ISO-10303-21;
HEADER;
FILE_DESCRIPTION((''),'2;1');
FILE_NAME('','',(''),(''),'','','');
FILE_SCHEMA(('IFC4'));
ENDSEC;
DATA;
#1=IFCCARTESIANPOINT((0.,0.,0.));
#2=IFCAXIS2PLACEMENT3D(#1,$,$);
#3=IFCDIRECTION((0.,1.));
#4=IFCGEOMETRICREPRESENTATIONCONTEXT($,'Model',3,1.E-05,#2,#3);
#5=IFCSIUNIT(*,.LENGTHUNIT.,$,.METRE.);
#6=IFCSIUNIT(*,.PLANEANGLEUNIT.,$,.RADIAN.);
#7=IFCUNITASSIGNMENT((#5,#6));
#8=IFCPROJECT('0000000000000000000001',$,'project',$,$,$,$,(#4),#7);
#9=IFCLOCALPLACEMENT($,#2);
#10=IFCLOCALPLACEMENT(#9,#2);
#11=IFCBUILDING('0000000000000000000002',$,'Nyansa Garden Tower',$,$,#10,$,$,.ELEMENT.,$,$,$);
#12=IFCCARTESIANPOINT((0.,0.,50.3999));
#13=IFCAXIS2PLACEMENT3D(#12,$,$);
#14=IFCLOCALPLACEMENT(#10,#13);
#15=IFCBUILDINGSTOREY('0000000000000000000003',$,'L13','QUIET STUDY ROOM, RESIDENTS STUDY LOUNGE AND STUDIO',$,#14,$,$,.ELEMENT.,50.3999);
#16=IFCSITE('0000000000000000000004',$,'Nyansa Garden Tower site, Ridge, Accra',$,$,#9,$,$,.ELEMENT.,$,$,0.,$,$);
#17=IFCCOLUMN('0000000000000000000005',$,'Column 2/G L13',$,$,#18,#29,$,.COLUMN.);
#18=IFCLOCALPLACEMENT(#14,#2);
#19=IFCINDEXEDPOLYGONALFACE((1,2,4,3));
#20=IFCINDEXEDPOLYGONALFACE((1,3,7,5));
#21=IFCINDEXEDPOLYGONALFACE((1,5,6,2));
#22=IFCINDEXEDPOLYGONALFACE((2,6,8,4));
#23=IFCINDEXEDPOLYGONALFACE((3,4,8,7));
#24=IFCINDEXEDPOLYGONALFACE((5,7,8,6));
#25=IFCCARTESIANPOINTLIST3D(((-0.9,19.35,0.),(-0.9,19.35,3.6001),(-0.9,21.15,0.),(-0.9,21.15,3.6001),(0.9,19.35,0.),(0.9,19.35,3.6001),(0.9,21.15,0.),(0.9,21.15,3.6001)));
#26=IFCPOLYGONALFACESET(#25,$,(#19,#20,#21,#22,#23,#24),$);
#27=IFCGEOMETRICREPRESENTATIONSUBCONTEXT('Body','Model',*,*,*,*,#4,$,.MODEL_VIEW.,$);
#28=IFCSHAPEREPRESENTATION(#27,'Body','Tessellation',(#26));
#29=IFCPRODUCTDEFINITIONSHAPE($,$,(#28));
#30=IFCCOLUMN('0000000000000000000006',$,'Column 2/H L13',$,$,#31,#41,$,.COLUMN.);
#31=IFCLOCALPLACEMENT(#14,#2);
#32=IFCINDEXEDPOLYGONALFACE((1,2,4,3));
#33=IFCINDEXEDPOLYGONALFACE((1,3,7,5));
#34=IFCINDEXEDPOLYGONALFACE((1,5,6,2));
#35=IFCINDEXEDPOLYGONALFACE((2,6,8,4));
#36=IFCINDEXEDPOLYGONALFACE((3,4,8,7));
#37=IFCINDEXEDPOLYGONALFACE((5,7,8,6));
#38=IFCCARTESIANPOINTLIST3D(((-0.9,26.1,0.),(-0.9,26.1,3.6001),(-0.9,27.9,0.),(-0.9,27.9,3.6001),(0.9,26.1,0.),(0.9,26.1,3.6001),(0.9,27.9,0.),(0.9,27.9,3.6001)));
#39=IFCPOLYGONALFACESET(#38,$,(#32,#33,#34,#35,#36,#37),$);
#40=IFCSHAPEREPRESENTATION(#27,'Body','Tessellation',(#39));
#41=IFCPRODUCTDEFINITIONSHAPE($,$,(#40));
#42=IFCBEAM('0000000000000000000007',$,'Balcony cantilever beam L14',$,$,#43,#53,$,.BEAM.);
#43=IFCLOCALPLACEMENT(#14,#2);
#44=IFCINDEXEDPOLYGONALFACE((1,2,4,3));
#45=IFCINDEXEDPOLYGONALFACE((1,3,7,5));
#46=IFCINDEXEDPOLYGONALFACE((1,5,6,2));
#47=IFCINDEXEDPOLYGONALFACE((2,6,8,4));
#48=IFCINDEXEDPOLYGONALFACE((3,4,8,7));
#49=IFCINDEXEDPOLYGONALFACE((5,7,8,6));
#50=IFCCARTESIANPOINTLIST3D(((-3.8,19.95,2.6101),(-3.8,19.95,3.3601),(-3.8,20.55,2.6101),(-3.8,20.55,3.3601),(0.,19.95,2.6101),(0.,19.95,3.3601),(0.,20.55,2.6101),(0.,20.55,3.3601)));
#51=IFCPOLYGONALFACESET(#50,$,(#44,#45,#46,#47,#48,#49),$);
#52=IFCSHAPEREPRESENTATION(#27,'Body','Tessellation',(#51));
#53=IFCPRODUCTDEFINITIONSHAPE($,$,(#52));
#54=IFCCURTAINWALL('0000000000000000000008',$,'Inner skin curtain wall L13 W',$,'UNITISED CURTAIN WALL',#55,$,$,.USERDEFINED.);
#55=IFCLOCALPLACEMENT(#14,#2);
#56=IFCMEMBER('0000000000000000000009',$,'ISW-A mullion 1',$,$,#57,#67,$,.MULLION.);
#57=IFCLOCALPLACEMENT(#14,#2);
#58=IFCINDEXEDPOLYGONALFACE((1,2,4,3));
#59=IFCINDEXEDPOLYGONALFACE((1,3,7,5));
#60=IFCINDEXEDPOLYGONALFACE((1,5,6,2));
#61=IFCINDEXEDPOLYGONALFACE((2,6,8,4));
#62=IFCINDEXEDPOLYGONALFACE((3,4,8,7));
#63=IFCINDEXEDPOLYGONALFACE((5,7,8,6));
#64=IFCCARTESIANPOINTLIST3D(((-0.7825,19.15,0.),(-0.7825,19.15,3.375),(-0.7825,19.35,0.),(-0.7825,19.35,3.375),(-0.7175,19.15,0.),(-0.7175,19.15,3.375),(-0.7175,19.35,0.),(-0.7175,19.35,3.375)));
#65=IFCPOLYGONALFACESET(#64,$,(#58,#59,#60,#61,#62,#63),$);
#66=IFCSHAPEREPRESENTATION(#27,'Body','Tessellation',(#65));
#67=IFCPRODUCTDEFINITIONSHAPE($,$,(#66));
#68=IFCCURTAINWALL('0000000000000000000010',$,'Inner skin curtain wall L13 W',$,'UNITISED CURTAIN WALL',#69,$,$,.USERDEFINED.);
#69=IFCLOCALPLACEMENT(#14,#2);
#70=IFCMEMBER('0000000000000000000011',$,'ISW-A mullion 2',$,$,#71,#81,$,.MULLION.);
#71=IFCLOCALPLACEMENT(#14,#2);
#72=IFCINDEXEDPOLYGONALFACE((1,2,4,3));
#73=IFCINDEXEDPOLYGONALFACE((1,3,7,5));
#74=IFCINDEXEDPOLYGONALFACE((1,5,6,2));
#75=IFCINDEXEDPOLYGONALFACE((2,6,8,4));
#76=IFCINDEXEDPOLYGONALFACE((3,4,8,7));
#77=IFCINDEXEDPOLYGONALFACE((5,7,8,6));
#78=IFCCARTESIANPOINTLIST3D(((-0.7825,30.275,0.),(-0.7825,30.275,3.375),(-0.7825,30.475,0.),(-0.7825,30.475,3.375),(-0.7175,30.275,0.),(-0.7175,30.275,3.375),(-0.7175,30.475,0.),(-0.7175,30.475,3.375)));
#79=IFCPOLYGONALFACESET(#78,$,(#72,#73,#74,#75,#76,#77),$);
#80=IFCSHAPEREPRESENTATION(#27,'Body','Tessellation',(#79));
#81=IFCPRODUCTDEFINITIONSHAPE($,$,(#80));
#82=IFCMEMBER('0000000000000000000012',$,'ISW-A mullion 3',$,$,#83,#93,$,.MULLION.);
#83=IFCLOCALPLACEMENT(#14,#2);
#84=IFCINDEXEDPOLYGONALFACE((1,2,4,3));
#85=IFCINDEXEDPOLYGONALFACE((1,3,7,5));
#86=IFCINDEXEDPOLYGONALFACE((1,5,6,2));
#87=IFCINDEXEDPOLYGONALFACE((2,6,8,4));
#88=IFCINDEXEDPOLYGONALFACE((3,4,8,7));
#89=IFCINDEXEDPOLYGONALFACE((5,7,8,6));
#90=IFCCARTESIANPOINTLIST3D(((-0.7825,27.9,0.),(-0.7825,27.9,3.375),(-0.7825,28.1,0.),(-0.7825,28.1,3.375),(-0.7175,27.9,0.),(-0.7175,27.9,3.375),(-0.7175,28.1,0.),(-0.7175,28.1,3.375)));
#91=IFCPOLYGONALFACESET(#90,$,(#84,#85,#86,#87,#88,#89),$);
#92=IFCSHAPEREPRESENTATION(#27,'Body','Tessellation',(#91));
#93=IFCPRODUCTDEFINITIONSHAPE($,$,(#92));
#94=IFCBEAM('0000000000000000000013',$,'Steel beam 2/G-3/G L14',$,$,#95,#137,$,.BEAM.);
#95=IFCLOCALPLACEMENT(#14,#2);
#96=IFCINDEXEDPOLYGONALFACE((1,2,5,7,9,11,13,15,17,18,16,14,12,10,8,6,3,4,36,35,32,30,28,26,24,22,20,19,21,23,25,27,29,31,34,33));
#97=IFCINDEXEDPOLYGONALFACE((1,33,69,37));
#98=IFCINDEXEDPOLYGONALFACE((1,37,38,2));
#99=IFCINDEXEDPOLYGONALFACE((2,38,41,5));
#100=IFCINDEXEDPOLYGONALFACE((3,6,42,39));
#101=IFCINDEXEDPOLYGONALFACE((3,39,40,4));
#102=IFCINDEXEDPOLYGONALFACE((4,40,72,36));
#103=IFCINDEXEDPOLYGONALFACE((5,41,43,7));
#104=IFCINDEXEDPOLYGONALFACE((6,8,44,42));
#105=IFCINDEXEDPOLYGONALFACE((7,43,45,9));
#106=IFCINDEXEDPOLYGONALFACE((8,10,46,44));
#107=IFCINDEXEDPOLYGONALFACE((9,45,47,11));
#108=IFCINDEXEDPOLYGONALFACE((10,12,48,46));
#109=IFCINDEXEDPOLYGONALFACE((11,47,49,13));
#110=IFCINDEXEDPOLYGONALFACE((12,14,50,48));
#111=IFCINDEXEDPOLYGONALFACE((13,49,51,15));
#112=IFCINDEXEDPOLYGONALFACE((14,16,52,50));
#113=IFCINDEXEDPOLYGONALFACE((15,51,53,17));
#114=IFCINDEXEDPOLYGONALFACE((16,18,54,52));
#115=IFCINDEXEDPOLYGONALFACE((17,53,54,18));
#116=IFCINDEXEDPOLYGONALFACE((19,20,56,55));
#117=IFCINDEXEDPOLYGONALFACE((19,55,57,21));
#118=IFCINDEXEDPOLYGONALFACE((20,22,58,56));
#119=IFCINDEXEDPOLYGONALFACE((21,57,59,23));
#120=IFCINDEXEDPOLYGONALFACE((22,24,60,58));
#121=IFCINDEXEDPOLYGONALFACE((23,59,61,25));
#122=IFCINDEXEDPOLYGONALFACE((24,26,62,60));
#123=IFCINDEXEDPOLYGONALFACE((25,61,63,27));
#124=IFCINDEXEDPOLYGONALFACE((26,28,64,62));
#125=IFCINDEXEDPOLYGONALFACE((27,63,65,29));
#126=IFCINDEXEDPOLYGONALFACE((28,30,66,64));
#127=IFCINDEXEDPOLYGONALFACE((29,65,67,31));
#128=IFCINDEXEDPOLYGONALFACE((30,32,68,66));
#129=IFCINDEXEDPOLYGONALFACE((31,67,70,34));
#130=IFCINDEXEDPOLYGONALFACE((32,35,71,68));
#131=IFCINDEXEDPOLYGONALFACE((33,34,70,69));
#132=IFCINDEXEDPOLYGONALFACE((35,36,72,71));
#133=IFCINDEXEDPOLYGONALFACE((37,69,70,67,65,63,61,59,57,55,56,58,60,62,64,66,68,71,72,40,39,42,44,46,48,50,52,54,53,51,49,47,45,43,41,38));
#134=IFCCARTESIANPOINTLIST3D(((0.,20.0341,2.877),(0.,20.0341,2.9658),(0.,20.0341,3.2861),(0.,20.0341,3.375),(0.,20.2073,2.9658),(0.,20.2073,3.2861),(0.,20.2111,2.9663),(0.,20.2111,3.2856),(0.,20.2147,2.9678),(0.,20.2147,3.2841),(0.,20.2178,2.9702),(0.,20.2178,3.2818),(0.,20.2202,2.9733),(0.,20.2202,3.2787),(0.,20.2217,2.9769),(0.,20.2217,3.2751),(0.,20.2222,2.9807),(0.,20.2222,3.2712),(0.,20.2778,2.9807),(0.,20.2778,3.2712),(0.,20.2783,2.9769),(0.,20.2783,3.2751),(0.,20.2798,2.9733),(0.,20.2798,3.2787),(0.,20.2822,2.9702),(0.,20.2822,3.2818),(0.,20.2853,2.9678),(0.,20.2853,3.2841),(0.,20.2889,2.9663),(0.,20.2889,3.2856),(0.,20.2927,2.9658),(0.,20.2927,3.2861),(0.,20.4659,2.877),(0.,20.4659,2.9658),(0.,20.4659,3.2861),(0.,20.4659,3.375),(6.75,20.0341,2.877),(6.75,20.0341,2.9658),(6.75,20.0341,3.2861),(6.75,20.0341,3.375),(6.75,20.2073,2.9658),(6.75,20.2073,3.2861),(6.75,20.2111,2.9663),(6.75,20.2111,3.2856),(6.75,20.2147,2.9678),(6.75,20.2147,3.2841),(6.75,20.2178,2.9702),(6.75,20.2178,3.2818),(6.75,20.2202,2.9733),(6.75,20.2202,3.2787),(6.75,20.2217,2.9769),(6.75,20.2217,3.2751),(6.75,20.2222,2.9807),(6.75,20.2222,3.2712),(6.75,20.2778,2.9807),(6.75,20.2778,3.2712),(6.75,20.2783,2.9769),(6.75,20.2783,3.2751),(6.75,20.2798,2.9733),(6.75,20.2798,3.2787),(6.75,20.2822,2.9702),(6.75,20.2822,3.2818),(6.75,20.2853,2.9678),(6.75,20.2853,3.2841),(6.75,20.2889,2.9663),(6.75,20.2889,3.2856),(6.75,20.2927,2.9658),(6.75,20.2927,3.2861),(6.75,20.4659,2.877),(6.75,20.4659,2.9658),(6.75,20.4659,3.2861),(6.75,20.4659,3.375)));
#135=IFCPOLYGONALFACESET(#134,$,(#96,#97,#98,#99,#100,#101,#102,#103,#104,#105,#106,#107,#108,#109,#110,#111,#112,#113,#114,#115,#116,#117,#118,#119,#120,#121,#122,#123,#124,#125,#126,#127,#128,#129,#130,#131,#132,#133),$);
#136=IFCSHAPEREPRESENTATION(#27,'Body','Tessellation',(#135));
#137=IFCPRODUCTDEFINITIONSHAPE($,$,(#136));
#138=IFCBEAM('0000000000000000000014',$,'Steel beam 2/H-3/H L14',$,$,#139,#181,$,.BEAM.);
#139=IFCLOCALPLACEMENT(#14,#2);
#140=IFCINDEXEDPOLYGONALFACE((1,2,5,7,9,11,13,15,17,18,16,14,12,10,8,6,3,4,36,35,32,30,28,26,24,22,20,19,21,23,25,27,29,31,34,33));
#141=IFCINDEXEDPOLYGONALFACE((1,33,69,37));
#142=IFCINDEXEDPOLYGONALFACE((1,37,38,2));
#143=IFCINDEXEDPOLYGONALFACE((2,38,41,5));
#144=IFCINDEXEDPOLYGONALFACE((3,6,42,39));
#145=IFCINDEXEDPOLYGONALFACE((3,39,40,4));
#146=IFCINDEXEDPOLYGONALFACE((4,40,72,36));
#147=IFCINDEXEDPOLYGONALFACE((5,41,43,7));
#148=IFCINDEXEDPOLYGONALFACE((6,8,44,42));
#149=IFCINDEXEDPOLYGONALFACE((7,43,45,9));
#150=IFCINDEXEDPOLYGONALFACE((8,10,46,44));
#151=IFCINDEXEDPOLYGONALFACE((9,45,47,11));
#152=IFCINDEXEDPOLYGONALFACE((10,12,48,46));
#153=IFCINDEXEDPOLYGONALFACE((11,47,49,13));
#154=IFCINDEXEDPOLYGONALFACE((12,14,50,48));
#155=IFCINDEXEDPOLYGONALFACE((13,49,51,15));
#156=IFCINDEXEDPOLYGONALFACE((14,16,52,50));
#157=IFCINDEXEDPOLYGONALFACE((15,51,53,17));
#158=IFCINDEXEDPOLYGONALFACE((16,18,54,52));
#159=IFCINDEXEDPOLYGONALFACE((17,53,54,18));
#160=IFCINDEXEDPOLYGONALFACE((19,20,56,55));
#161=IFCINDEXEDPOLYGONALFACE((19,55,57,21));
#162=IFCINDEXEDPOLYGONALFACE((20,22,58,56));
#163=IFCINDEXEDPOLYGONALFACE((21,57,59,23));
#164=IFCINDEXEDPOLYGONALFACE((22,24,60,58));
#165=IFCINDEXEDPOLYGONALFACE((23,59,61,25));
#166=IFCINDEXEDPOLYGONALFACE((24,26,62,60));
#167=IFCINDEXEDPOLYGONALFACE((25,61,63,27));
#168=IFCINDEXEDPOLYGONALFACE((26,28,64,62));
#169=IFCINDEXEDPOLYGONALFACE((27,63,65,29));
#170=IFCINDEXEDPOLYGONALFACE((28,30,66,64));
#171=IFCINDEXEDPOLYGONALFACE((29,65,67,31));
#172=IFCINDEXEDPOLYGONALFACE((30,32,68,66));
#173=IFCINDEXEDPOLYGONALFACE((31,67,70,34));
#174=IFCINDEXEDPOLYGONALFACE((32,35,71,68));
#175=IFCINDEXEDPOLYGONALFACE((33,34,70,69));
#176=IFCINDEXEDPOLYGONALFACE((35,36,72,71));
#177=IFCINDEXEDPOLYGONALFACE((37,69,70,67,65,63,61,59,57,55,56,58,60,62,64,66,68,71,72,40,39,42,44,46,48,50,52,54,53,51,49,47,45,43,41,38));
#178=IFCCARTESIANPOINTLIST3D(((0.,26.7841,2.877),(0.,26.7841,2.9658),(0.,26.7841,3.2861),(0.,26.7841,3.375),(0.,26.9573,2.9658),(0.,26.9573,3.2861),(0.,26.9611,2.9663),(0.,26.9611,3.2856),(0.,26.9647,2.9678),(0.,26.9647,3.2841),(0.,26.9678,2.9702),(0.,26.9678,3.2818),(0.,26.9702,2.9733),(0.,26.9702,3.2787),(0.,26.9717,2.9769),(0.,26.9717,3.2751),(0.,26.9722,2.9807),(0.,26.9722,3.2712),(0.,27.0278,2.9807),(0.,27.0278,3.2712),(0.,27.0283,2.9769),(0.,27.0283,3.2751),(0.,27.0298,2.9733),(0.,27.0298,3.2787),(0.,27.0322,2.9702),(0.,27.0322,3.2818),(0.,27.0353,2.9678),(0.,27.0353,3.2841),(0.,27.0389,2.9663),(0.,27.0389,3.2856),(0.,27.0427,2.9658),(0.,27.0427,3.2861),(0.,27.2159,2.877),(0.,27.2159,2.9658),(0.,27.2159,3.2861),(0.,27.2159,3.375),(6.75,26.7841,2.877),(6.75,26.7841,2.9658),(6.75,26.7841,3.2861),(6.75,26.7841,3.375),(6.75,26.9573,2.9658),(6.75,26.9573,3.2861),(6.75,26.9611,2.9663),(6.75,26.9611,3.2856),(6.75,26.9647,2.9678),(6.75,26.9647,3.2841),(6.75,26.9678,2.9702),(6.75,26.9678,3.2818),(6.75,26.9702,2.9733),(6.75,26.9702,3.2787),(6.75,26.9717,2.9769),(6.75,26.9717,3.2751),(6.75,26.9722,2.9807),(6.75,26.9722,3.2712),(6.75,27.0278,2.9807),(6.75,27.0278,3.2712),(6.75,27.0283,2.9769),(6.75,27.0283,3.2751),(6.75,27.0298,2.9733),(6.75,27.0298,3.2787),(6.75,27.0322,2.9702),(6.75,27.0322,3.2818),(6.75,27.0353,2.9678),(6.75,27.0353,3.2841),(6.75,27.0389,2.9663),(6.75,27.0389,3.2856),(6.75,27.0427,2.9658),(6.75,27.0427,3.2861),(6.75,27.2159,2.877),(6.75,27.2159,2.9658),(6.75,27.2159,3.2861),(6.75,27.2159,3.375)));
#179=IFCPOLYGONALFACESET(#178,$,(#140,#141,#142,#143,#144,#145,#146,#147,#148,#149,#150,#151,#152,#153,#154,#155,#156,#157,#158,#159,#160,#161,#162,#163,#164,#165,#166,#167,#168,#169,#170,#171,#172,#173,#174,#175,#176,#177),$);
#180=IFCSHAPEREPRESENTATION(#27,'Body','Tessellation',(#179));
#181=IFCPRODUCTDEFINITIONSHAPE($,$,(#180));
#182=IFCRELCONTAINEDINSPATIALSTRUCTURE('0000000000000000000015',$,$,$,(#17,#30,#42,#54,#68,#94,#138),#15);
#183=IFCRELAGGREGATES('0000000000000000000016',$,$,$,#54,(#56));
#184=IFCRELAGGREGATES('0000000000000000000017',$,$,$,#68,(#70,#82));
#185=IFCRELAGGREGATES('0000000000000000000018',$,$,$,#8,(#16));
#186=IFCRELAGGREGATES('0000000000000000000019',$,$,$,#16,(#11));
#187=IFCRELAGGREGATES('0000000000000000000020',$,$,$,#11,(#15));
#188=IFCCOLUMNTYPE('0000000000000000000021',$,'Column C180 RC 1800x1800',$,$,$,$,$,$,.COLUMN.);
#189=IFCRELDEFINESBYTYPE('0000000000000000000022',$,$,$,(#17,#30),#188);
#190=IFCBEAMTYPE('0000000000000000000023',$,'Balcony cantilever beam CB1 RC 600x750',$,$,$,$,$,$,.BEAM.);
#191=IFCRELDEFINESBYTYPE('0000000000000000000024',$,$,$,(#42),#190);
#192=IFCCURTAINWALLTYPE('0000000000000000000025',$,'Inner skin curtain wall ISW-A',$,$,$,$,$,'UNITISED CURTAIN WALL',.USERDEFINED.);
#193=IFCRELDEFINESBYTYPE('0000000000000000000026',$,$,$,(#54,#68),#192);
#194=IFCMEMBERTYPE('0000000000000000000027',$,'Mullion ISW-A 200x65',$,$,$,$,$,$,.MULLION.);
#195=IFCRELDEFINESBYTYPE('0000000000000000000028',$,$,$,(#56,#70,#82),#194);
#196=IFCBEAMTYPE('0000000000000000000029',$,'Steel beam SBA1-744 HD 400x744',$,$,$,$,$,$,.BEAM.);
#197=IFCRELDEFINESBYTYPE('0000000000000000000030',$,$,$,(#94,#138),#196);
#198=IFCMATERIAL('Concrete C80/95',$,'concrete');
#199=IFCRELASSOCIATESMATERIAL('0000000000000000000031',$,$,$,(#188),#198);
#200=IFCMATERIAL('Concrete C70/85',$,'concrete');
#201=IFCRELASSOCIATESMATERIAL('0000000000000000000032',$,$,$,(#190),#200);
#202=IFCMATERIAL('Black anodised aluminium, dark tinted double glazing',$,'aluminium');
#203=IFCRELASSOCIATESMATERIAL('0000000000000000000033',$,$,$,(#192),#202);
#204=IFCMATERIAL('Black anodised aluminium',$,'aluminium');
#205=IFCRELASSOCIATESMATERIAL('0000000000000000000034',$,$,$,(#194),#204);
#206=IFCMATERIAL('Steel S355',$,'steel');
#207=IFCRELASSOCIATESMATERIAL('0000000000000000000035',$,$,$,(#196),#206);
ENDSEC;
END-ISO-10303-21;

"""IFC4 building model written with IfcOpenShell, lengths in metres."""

from ifc_helpers import new_model, si_unit, direction, frame, origin, origin_2d, place, context, subcontext, project, spatial, rectangle, i_section, extrude, material, material_profile, profile_set, type_object, element, aggregate, save


model = new_model("IFC4")

# Units and contexts
model_context = context("Model", 3, precision=1e-05, world=origin(), true_north=direction((0.0, 1.0)))
body_context = subcontext(model_context, "Body", "Model", "MODEL_VIEW")
ifc_project = project(units=[si_unit("LENGTHUNIT", "METRE"), si_unit("PLANEANGLEUNIT", "RADIAN")], contexts=[model_context])

# Site, building, storey
site_placement = place(None, origin())
site = spatial("IfcSite", under=ifc_project, at=site_placement, Name="Nyansa Garden Tower site, Ridge, Accra", CompositionType="ELEMENT", RefElevation=0.0)
building_placement = place(site_placement, origin())
building = spatial("IfcBuilding", under=site, at=building_placement, Name="Nyansa Garden Tower", CompositionType="ELEMENT")
storey_placement = place(building_placement, frame((0.0, 0.0, 50.3999)))
storey = spatial("IfcBuildingStorey", under=building, at=storey_placement, Name="L13", Description="QUIET STUDY ROOM, RESIDENTS STUDY LOUNGE AND STUDIO", CompositionType="ELEMENT", Elevation=50.3999)

# Columns
ifc_material_1 = material(Name="Concrete C80/95", Category="concrete")
ifc_material_profile_1 = material_profile(ifc_material_1, rectangle(XDim=1.8, YDim=1.8, at=origin_2d()), Name="RC 1800x1800")
ifc_profile_set_1 = profile_set([ifc_material_profile_1], Name="Concrete C80/95")
column_type = type_object("IfcColumnType", Name="Column C180 RC 1800x1800", PredefinedType="COLUMN", material=ifc_profile_set_1)
for number, where, z_axis, x_axis, name in (
    (1, (0.0, 20.25, 0.0), (0.0, 0.0, 1.0), (1.0, 0.0, 0.0), "Column 2/G L13"),
    (2, (0.0, 27.0, 0.0), (0.0, 0.0, 1.0), (1.0, 0.0, 0.0), "Column 2/H L13"),
):
    element("IfcColumn", number, at=place(storey_placement, frame(where, z_axis=z_axis, x_axis=x_axis)), inside=storey, type_object=column_type, Name=name, PredefinedType="COLUMN", context=body_context, shape_type="SweptSolid", body=[
        extrude(rectangle(XDim=1.8, YDim=1.8, at=origin_2d()), origin(), (0.0, 0.0, 1.0), 3.6001),
    ])

# Beam
ifc_material_2 = material(Name="Concrete C70/85", Category="concrete")
ifc_material_profile_2 = material_profile(ifc_material_2, rectangle(XDim=0.6001, YDim=0.75, at=origin_2d()), Name="RC 600x750")
ifc_profile_set_2 = profile_set([ifc_material_profile_2], Name="Concrete C70/85")
beam_type_1 = type_object("IfcBeamType", Name="Balcony cantilever beam CB1 RC 600x750", PredefinedType="BEAM", material=ifc_profile_set_2)
beam_placement = place(storey_placement, frame((0.0, 20.25, 2.9851), z_axis=(-1.0, 0.0, 0.0), x_axis=(0.0, -1.0, 0.0)))
element("IfcBeam", 3, at=beam_placement, inside=storey, type_object=beam_type_1, Name="Balcony cantilever beam L14", PredefinedType="BEAM", context=body_context, shape_type="SweptSolid", body=[
    extrude(rectangle(XDim=0.6001, YDim=0.75, at=origin_2d()), origin(), (0.0, 0.0, 1.0), 3.8),
])

# Curtain wall, member
ifc_material_3 = material(Name="Black anodised aluminium, dark tinted double glazing", Category="aluminium")
curtain_wall_type = type_object("IfcCurtainWallType", Name="Inner skin curtain wall ISW-A", ElementType="UNITISED CURTAIN WALL", PredefinedType="USERDEFINED", material=ifc_material_3)
curtain_wall_1_placement = place(storey_placement, origin())
curtain_wall_1 = element("IfcCurtainWall", 4, at=curtain_wall_1_placement, inside=storey, type_object=curtain_wall_type, Name="Inner skin curtain wall L13 W", ObjectType="UNITISED CURTAIN WALL", PredefinedType="USERDEFINED")
ifc_material_4 = material(Name="Black anodised aluminium", Category="aluminium")
ifc_material_profile_3 = material_profile(ifc_material_4, rectangle(XDim=0.0649, YDim=0.2, at=origin_2d()), Name="Mullion 200x65")
ifc_profile_set_3 = profile_set([ifc_material_profile_3], Name="Black anodised aluminium")
member_type_1 = type_object("IfcMemberType", Name="Mullion ISW-A 200x65", PredefinedType="MULLION", material=ifc_profile_set_3)
member_1_placement = place(storey_placement, frame((-0.75, 19.25, 0.0), z_axis=(0.0, 0.0, 1.0), x_axis=(1.0, 0.0, 0.0)))
member_1 = element("IfcMember", 5, at=member_1_placement, type_object=member_type_1, Name="ISW-A mullion 1", PredefinedType="MULLION", context=body_context, shape_type="SweptSolid", body=[
    extrude(rectangle(XDim=0.0649, YDim=0.2, at=origin_2d()), origin(), (0.0, 0.0, 1.0), 3.375),
])

# Curtain wall, members
curtain_wall_2_placement = place(storey_placement, origin())
curtain_wall_2 = element("IfcCurtainWall", 6, at=curtain_wall_2_placement, inside=storey, type_object=curtain_wall_type, Name="Inner skin curtain wall L13 W", ObjectType="UNITISED CURTAIN WALL", PredefinedType="USERDEFINED")
member_2_placement = place(storey_placement, frame((-0.75, 30.375, 0.0), z_axis=(0.0, 0.0, 1.0), x_axis=(1.0, 0.0, 0.0)))
member_2 = element("IfcMember", 7, at=member_2_placement, type_object=member_type_1, Name="ISW-A mullion 2", PredefinedType="MULLION", context=body_context, shape_type="SweptSolid", body=[
    extrude(rectangle(XDim=0.0649, YDim=0.2, at=origin_2d()), origin(), (0.0, 0.0, 1.0), 3.375),
])
member_3_placement = place(storey_placement, frame((-0.75, 28.0, 0.0), z_axis=(0.0, 0.0, 1.0), x_axis=(1.0, 0.0, 0.0)))
member_3 = element("IfcMember", 8, at=member_3_placement, type_object=member_type_1, Name="ISW-A mullion 3", PredefinedType="MULLION", context=body_context, shape_type="SweptSolid", body=[
    extrude(rectangle(XDim=0.0649, YDim=0.2, at=origin_2d()), origin(), (0.0, 0.0, 1.0), 3.375),
])

# Beams
ifc_material_5 = material(Name="Steel S355", Category="steel")
ifc_material_profile_4 = material_profile(ifc_material_5, i_section(OverallWidth=0.4319, OverallDepth=0.498, WebThickness=0.0557, FlangeThickness=0.0889, FilletRadius=0.0149, at=origin_2d()), Name="HD 400x744")
ifc_profile_set_4 = profile_set([ifc_material_profile_4], Name="Steel S355")
beam_type_2 = type_object("IfcBeamType", Name="Steel beam SBA1-744 HD 400x744", PredefinedType="BEAM", material=ifc_profile_set_4)
for number, where, z_axis, x_axis, name in (
    (9, (0.0, 20.25, 3.126), (1.0, 0.0, 0.0), (0.0, 1.0, 0.0), "Steel beam 2/G-3/G L14"),
    (10, (0.0, 27.0, 3.126), (1.0, 0.0, 0.0), (0.0, 1.0, 0.0), "Steel beam 2/H-3/H L14"),
):
    element("IfcBeam", number, at=place(storey_placement, frame(where, z_axis=z_axis, x_axis=x_axis)), inside=storey, type_object=beam_type_2, Name=name, PredefinedType="BEAM", context=body_context, shape_type="SweptSolid", body=[
        extrude(i_section(OverallWidth=0.4319, OverallDepth=0.498, WebThickness=0.0557, FlangeThickness=0.0889, FilletRadius=0.0149, at=origin_2d()), origin(), (0.0, 0.0, 1.0), 6.75),
    ])

aggregate(curtain_wall_1, [member_1])
aggregate(curtain_wall_2, [member_2, member_3])

save(model, "model.ifc")
